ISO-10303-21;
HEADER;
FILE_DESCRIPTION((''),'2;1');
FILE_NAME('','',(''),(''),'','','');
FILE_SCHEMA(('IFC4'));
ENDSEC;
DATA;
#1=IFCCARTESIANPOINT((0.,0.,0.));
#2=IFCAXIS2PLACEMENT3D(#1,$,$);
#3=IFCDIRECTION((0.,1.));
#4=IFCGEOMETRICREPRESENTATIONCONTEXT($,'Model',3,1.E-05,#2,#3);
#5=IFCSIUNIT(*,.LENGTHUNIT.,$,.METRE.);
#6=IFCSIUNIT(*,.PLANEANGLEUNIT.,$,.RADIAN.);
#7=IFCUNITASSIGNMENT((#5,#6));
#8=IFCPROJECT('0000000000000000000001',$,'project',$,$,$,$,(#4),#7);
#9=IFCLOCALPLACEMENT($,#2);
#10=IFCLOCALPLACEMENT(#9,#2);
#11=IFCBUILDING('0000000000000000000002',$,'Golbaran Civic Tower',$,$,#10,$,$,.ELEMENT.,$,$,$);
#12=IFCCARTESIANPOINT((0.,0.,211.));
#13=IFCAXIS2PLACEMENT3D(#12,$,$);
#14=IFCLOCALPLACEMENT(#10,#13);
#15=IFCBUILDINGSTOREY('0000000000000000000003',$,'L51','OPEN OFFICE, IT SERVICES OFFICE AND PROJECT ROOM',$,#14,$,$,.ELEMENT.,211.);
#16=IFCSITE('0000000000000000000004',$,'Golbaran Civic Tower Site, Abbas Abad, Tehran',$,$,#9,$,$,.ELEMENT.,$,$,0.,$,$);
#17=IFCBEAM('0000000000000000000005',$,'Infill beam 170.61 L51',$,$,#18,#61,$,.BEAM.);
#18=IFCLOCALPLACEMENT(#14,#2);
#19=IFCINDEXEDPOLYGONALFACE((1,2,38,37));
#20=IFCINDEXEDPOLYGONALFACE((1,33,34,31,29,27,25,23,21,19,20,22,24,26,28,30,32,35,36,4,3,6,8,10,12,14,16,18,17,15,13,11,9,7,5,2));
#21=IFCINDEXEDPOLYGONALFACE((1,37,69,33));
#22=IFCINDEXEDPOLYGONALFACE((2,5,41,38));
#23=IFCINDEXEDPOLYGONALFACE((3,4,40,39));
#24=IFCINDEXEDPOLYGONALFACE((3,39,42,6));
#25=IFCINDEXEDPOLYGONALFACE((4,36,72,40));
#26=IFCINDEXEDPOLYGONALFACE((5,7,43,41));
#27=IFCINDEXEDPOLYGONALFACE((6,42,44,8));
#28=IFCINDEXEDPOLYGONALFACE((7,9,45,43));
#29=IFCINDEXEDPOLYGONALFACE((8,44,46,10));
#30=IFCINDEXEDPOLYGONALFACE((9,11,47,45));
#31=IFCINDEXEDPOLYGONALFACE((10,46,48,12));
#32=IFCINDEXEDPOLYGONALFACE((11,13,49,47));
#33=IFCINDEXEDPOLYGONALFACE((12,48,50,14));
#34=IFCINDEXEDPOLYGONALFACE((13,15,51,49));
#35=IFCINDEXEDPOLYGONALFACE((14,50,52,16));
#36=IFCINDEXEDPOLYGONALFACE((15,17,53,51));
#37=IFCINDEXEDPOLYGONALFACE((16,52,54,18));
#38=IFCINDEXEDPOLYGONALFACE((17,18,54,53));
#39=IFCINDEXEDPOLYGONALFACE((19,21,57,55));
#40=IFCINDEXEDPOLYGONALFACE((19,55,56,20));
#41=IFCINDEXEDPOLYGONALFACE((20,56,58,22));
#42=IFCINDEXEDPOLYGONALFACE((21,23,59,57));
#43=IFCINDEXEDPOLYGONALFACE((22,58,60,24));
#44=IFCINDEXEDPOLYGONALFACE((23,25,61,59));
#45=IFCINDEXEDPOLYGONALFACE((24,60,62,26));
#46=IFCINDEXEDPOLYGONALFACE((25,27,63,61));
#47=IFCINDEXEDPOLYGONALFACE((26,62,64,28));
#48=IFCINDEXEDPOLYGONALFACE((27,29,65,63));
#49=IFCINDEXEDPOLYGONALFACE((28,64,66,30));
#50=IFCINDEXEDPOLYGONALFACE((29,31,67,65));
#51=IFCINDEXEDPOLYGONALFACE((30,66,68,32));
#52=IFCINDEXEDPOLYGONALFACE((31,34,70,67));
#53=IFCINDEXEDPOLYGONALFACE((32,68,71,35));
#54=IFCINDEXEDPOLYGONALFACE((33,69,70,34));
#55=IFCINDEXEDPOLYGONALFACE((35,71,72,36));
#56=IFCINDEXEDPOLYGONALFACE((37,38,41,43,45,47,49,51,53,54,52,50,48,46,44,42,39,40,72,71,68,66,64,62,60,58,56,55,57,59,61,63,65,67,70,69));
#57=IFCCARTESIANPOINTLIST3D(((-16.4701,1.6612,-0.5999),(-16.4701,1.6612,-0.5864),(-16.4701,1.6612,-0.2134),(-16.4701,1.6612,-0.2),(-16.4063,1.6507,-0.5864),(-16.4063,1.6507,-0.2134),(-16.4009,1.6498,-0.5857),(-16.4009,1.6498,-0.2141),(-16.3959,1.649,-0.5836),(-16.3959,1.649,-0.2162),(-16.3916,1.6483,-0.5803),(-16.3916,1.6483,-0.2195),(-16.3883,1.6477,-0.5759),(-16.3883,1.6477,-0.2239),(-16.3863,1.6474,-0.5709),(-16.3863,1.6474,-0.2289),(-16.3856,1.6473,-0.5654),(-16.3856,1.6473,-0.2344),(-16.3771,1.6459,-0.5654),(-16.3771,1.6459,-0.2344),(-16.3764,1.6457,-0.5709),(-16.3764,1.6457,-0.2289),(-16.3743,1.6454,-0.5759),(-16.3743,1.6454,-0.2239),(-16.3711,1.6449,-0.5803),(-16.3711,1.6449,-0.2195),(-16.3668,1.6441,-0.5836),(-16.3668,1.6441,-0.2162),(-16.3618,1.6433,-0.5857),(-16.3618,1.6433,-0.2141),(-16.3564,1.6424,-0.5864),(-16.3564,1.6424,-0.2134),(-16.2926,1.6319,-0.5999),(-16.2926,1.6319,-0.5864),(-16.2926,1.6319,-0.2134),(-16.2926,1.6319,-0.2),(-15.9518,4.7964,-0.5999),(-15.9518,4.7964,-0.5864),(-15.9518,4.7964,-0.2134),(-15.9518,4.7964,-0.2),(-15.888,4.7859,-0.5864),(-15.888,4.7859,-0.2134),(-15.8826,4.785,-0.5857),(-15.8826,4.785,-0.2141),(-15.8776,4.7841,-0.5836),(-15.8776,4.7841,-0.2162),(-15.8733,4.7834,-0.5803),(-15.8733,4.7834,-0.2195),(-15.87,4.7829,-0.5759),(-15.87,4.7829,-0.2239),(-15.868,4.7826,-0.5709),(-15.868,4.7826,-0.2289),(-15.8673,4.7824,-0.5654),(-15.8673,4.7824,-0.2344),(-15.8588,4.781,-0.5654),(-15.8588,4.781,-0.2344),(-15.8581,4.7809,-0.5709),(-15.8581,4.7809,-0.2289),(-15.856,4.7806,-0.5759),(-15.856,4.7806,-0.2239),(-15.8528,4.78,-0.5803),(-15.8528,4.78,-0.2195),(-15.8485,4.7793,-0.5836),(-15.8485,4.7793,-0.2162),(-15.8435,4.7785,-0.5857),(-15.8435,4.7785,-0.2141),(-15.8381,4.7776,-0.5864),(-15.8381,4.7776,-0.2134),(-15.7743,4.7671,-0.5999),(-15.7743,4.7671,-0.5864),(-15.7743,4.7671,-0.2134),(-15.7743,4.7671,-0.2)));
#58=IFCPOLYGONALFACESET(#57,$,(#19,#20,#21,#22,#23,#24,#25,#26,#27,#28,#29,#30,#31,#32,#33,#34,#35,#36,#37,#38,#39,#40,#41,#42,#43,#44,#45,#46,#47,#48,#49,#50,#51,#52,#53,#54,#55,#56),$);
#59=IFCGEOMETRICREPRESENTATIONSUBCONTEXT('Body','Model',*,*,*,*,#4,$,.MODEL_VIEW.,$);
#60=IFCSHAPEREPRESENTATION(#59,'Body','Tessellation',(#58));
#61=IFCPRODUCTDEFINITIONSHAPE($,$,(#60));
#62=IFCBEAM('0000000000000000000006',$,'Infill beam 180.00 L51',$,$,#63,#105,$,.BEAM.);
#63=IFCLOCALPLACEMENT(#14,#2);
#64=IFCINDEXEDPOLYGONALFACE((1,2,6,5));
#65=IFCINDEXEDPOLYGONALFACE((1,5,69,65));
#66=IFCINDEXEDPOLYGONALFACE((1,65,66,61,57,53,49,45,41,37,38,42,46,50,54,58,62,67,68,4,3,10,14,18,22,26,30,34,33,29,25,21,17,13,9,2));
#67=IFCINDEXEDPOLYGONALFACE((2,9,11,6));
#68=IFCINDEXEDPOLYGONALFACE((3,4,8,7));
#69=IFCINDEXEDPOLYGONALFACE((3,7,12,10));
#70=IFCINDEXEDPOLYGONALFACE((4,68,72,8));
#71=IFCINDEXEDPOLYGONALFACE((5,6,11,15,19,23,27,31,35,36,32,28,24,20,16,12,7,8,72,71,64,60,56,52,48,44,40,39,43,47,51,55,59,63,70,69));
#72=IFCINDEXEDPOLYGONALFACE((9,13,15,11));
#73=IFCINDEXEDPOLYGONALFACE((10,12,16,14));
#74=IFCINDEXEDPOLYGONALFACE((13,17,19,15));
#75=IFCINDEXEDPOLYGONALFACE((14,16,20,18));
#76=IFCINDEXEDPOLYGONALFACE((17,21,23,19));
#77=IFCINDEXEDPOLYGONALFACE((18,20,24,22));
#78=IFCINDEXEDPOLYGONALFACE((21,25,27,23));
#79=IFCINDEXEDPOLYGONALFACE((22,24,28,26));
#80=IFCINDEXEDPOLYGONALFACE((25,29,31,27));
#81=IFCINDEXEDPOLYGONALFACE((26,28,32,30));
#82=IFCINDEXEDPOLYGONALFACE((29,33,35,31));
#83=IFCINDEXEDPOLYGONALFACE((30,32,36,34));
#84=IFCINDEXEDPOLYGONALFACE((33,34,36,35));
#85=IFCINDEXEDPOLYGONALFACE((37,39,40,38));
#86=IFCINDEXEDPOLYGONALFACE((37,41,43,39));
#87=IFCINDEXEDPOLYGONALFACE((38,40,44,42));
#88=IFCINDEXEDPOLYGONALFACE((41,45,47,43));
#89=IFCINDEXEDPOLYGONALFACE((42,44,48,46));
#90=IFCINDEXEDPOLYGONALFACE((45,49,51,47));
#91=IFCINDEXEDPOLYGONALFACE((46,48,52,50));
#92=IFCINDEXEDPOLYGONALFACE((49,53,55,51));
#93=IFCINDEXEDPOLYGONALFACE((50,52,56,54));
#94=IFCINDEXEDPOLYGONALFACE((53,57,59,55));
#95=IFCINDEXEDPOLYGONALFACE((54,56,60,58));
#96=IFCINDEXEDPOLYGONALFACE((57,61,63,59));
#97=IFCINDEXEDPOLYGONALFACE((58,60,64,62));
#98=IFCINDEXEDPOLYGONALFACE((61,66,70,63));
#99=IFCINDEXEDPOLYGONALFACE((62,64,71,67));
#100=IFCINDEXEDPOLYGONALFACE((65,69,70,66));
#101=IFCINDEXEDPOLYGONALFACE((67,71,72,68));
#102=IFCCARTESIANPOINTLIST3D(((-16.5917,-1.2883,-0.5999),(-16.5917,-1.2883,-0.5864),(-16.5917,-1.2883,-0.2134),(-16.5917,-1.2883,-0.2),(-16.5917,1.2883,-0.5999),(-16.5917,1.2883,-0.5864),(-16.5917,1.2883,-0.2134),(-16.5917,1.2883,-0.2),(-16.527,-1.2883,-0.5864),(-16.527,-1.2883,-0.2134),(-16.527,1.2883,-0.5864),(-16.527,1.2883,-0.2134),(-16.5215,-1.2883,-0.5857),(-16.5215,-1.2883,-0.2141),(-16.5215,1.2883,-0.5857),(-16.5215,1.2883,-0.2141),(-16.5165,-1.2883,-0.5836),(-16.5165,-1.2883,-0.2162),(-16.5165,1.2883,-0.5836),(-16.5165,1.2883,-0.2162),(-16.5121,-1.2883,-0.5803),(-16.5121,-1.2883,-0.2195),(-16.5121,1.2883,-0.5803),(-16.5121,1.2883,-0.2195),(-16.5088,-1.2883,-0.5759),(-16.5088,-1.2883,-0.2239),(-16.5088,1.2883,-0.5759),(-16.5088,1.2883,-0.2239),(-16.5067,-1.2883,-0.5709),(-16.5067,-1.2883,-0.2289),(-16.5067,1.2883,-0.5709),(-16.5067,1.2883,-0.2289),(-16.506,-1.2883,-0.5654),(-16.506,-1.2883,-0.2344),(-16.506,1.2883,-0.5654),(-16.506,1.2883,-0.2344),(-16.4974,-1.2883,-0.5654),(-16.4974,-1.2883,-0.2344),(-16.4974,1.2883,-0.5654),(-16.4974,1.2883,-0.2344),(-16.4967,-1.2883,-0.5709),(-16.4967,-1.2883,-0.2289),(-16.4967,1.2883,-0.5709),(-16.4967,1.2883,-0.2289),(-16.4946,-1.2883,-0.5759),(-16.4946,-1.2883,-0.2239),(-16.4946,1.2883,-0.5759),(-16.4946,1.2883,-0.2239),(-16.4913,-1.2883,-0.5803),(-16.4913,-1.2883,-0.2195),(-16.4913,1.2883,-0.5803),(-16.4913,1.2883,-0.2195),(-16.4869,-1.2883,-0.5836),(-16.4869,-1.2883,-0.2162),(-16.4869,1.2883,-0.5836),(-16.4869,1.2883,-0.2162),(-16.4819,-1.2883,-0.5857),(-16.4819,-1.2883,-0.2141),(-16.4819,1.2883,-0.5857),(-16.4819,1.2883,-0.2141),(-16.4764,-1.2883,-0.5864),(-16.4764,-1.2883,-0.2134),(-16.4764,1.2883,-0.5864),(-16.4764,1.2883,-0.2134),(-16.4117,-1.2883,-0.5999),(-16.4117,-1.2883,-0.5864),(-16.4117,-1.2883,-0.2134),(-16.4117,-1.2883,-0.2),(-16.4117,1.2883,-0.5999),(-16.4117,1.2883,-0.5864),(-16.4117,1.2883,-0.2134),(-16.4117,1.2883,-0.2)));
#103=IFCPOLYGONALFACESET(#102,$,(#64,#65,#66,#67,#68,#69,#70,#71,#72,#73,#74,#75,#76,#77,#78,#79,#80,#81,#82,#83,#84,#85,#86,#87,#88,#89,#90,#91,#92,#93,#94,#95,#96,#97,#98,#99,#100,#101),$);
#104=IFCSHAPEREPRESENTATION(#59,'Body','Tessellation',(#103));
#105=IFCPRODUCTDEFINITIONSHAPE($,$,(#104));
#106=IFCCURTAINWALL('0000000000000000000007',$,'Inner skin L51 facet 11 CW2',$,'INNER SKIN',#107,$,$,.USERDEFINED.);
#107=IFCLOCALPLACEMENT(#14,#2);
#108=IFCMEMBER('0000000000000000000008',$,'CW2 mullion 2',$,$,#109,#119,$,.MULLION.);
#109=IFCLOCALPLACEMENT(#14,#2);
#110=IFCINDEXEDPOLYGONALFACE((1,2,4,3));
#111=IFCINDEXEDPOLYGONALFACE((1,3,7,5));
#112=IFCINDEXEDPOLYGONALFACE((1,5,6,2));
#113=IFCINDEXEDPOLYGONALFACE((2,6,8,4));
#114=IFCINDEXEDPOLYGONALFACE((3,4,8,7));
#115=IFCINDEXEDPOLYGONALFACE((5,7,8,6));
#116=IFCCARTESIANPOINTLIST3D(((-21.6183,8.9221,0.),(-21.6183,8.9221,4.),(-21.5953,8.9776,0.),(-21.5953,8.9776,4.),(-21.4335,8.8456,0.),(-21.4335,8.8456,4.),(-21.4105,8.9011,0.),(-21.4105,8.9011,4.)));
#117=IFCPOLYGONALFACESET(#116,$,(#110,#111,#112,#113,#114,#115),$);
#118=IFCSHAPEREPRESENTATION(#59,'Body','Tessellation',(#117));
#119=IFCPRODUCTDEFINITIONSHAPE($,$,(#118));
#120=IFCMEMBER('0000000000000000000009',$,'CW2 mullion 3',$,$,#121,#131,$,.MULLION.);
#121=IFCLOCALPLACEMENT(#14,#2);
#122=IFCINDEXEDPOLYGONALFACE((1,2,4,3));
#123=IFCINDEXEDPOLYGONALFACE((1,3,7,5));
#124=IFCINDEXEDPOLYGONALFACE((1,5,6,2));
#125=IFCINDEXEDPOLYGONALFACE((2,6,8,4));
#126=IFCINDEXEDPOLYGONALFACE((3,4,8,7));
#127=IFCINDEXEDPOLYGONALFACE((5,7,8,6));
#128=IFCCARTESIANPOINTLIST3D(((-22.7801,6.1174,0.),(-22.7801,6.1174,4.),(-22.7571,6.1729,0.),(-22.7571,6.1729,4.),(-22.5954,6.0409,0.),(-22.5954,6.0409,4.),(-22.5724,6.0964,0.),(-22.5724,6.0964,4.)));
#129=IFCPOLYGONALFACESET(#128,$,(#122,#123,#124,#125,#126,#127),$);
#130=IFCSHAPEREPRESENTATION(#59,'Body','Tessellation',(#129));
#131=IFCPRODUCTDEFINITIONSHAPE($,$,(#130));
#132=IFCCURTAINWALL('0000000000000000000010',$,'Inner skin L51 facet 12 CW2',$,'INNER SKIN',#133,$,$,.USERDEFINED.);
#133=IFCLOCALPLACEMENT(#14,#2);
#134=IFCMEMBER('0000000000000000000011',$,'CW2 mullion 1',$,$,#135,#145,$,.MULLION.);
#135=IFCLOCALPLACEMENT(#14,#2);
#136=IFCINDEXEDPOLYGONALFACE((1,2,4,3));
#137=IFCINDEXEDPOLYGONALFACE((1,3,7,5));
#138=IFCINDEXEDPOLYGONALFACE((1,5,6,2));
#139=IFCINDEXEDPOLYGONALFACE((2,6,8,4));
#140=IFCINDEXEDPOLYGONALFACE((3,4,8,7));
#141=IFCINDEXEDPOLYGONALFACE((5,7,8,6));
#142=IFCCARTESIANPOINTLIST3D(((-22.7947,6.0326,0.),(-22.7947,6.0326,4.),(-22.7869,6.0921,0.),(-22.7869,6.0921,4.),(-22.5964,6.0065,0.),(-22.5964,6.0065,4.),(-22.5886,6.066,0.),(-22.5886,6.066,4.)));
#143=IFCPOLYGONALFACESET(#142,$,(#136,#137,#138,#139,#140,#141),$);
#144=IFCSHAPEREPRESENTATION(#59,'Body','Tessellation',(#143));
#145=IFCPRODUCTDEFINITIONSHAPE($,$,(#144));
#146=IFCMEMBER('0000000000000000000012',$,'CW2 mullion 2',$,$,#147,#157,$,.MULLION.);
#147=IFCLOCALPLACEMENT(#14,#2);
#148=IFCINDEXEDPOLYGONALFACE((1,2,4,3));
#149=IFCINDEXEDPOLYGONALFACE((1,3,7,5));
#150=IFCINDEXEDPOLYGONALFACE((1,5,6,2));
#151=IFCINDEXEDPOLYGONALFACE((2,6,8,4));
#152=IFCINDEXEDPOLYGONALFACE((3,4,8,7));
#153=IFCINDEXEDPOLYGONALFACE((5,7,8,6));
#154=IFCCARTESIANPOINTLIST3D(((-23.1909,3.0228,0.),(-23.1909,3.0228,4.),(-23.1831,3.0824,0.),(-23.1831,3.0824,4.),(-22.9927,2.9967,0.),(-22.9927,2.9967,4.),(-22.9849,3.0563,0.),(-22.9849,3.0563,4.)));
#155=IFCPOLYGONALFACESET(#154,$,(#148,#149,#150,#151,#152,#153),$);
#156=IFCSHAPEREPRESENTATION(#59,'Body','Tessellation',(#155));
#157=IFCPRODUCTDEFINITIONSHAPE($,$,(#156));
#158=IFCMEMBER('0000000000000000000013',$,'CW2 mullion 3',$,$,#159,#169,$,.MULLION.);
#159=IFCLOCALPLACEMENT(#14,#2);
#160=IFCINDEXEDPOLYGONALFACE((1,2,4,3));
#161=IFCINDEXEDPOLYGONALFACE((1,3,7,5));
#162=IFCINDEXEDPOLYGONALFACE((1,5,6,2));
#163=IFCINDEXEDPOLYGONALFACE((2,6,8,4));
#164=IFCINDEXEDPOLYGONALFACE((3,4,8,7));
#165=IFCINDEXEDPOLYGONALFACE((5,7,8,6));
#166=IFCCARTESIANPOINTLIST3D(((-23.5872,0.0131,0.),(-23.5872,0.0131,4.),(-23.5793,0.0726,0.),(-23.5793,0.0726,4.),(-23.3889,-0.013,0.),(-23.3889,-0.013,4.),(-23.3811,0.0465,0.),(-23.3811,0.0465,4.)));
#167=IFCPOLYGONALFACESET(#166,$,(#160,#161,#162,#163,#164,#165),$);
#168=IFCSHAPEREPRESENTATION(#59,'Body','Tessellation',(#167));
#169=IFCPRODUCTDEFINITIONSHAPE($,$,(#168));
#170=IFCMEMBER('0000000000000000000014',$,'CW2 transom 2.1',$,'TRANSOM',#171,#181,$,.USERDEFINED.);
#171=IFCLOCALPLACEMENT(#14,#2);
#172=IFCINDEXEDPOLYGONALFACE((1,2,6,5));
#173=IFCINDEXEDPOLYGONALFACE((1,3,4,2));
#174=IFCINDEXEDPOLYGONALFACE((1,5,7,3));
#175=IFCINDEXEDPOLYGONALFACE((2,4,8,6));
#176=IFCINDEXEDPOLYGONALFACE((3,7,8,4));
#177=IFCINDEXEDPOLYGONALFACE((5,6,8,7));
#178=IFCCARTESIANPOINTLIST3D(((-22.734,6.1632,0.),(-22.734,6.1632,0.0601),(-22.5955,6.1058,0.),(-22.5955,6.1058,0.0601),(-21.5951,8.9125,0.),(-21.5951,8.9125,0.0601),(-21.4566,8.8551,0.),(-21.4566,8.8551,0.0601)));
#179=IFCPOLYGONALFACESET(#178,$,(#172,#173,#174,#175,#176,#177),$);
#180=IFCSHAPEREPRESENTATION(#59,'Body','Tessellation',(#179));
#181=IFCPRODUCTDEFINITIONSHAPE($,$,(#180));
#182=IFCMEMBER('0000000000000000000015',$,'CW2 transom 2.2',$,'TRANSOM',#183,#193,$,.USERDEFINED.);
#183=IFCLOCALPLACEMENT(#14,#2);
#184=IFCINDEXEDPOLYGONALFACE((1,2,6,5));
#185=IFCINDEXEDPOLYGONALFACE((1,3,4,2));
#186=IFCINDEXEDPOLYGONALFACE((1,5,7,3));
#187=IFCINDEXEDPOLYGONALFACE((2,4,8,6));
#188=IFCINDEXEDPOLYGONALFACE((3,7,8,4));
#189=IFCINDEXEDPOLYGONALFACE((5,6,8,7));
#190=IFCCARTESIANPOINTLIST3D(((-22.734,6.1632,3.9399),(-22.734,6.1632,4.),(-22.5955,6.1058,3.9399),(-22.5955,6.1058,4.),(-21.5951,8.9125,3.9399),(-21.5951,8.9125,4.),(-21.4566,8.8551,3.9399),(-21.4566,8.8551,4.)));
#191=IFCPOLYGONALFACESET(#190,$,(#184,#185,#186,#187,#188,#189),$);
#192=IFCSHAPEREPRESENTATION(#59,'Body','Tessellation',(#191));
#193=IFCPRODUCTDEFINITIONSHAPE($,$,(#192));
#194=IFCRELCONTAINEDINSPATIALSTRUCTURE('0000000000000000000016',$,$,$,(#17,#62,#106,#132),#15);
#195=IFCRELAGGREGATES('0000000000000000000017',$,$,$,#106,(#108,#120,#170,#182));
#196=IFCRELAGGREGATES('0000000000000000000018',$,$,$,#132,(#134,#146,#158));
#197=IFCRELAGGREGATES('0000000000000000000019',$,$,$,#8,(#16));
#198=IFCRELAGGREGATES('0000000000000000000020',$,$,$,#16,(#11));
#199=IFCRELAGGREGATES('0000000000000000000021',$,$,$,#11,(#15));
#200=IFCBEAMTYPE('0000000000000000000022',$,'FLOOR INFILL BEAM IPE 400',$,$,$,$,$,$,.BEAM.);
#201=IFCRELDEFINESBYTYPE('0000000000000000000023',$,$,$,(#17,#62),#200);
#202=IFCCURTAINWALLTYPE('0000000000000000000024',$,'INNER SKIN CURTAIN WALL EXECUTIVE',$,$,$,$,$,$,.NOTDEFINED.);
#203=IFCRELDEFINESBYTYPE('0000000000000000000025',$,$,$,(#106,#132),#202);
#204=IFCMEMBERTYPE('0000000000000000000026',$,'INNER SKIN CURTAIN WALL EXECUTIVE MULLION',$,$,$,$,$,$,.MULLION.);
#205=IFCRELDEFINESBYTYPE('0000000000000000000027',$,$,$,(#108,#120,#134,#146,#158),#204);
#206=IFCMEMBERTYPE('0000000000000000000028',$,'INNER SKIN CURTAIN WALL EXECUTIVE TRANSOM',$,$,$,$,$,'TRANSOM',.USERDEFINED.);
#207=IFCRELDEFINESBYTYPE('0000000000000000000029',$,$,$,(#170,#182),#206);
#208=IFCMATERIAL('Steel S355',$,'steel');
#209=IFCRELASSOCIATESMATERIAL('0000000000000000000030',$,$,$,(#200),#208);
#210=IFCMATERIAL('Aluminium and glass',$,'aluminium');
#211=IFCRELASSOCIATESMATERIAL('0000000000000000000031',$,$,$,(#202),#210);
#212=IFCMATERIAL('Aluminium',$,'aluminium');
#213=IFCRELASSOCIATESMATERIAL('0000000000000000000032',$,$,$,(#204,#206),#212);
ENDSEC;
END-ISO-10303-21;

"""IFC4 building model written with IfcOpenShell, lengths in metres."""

from ifc_helpers import new_model, si_unit, direction, frame, origin, origin_2d, place, context, subcontext, project, spatial, rectangle, i_section, extrude, material, material_profile, profile_set, type_object, element, aggregate, save


model = new_model("IFC4")

# Units and contexts
model_context = context("Model", 3, precision=1e-05, world=origin(), true_north=direction((0.0, 1.0)))
body_context = subcontext(model_context, "Body", "Model", "MODEL_VIEW")
ifc_project = project(units=[si_unit("LENGTHUNIT", "METRE"), si_unit("PLANEANGLEUNIT", "RADIAN")], contexts=[model_context])

# Site, building, storey
site_placement = place(None, origin())
site = spatial("IfcSite", under=ifc_project, at=site_placement, Name="Golbaran Civic Tower Site, Abbas Abad, Tehran", CompositionType="ELEMENT", RefElevation=0.0)
building_placement = place(site_placement, origin())
building = spatial("IfcBuilding", under=site, at=building_placement, Name="Golbaran Civic Tower", CompositionType="ELEMENT")
storey_placement = place(building_placement, frame((0.0, 0.0, 211.0)))
storey = spatial("IfcBuildingStorey", under=building, at=storey_placement, Name="L51", Description="OPEN OFFICE, IT SERVICES OFFICE AND PROJECT ROOM", CompositionType="ELEMENT", Elevation=211.0)

# Beams
ifc_material_1 = material(Name="Steel S355", Category="steel")
ifc_material_profile_1 = material_profile(ifc_material_1, i_section(OverallWidth=0.1799, OverallDepth=0.3999, WebThickness=0.0085, FlangeThickness=0.0134, FilletRadius=0.021, at=origin_2d()), Name="IPE 400")
ifc_profile_set_1 = profile_set([ifc_material_profile_1], Name="Steel S355")
beam_type_1 = type_object("IfcBeamType", Name="FLOOR INFILL BEAM IPE 400", PredefinedType="BEAM", material=ifc_profile_set_1)
beam_1_placement = place(storey_placement, frame((-15.863, 4.7817, -0.3999), z_axis=(-0.163103, -0.986609, 0.0), x_axis=(0.986609, -0.163103, 0.0)))
element("IfcBeam", 1, at=beam_1_placement, inside=storey, type_object=beam_type_1, Name="Infill beam 170.61 L51", PredefinedType="BEAM", context=body_context, shape_type="SweptSolid", body=[
    extrude(i_section(OverallWidth=0.1799, OverallDepth=0.3999, WebThickness=0.0085, FlangeThickness=0.0134, FilletRadius=0.021, at=origin_2d()), origin(), (0.0, 0.0, 1.0), 3.1777),
])
beam_2_placement = place(storey_placement, frame((-16.5017, 1.2883, -0.3999), z_axis=(0.0, -1.0, 0.0), x_axis=(1.0, 0.0, 0.0)))
element("IfcBeam", 2, at=beam_2_placement, inside=storey, type_object=beam_type_1, Name="Infill beam 180.00 L51", PredefinedType="BEAM", context=body_context, shape_type="SweptSolid", body=[
    extrude(i_section(OverallWidth=0.1799, OverallDepth=0.3999, WebThickness=0.0085, FlangeThickness=0.0134, FilletRadius=0.021, at=origin_2d()), origin(), (0.0, 0.0, 1.0), 2.5767),
])

# Curtain walls, members
ifc_material_2 = material(Name="Aluminium and glass", Category="aluminium")
curtain_wall_type = type_object("IfcCurtainWallType", Name="INNER SKIN CURTAIN WALL EXECUTIVE", PredefinedType="NOTDEFINED", material=ifc_material_2)
curtain_wall_1_placement = place(storey_placement, origin())
curtain_wall_1 = element("IfcCurtainWall", 3, at=curtain_wall_1_placement, inside=storey, type_object=curtain_wall_type, Name="Inner skin L51 facet 11 CW2", ObjectType="INNER SKIN", PredefinedType="USERDEFINED")
ifc_material_3 = material(Name="Aluminium", Category="aluminium")
ifc_material_profile_2 = material_profile(ifc_material_3, rectangle(XDim=0.2, YDim=0.0601, at=origin_2d()), Name="INNER SKIN CURTAIN WALL EXECUTIVE MULLION")
ifc_profile_set_2 = profile_set([ifc_material_profile_2], Name="Aluminium")
member_type_1 = type_object("IfcMemberType", Name="INNER SKIN CURTAIN WALL EXECUTIVE MULLION", PredefinedType="MULLION", material=ifc_profile_set_2)
member_1_placement = place(storey_placement, frame((-21.5144, 8.9116, 0.0), z_axis=(0.0, 0.0, 1.0), x_axis=(0.92388, -0.382683, 0.0)))
member_1 = element("IfcMember", 4, at=member_1_placement, type_object=member_type_1, Name="CW2 mullion 2", PredefinedType="MULLION", context=body_context, shape_type="SweptSolid", body=[
    extrude(rectangle(XDim=0.2, YDim=0.0601, at=origin_2d()), origin(), (0.0, 0.0, 1.0), 4.0),
])
member_2_placement = place(storey_placement, frame((-22.6763, 6.1069, 0.0), z_axis=(0.0, 0.0, 1.0), x_axis=(0.92388, -0.382683, 0.0)))
member_2 = element("IfcMember", 5, at=member_2_placement, type_object=member_type_1, Name="CW2 mullion 3", PredefinedType="MULLION", context=body_context, shape_type="SweptSolid", body=[
    extrude(rectangle(XDim=0.2, YDim=0.0601, at=origin_2d()), origin(), (0.0, 0.0, 1.0), 4.0),
])
curtain_wall_2_placement = place(storey_placement, origin())
curtain_wall_2 = element("IfcCurtainWall", 6, at=curtain_wall_2_placement, inside=storey, type_object=curtain_wall_type, Name="Inner skin L51 facet 12 CW2", ObjectType="INNER SKIN", PredefinedType="USERDEFINED")
member_3_placement = place(storey_placement, frame((-22.6917, 6.0493, 0.0), z_axis=(0.0, 0.0, 1.0), x_axis=(0.991445, -0.130526, 0.0)))
member_3 = element("IfcMember", 7, at=member_3_placement, type_object=member_type_1, Name="CW2 mullion 1", PredefinedType="MULLION", context=body_context, shape_type="SweptSolid", body=[
    extrude(rectangle(XDim=0.2, YDim=0.0601, at=origin_2d()), origin(), (0.0, 0.0, 1.0), 4.0),
])
member_4_placement = place(storey_placement, frame((-23.0879, 3.0396, 0.0), z_axis=(0.0, 0.0, 1.0), x_axis=(0.991445, -0.130526, 0.0)))
member_4 = element("IfcMember", 8, at=member_4_placement, type_object=member_type_1, Name="CW2 mullion 2", PredefinedType="MULLION", context=body_context, shape_type="SweptSolid", body=[
    extrude(rectangle(XDim=0.2, YDim=0.0601, at=origin_2d()), origin(), (0.0, 0.0, 1.0), 4.0),
])
member_5_placement = place(storey_placement, frame((-23.4841, 0.0298, 0.0), z_axis=(0.0, 0.0, 1.0), x_axis=(0.991445, -0.130526, 0.0)))
member_5 = element("IfcMember", 9, at=member_5_placement, type_object=member_type_1, Name="CW2 mullion 3", PredefinedType="MULLION", context=body_context, shape_type="SweptSolid", body=[
    extrude(rectangle(XDim=0.2, YDim=0.0601, at=origin_2d()), origin(), (0.0, 0.0, 1.0), 4.0),
])

# Members
ifc_material_profile_3 = material_profile(ifc_material_3, rectangle(XDim=0.1499, YDim=0.0601, at=origin_2d()), Name="INNER SKIN CURTAIN WALL EXECUTIVE TRANSOM")
ifc_profile_set_3 = profile_set([ifc_material_profile_3], Name="Aluminium")
member_type_2 = type_object("IfcMemberType", Name="INNER SKIN CURTAIN WALL EXECUTIVE TRANSOM", ElementType="TRANSOM", PredefinedType="USERDEFINED", material=ifc_profile_set_3)
member_6_placement = place(storey_placement, frame((-21.5259, 8.8838, 0.03), z_axis=(-0.382721, -0.923864, 0.0), x_axis=(0.923864, -0.382721, 0.0)))
member_6 = element("IfcMember", 10, at=member_6_placement, type_object=member_type_2, Name="CW2 transom 2.1", ObjectType="TRANSOM", PredefinedType="USERDEFINED", context=body_context, shape_type="SweptSolid", body=[
    extrude(rectangle(XDim=0.1499, YDim=0.0601, at=origin_2d()), origin(), (0.0, 0.0, 1.0), 2.9758),
])
member_7_placement = place(storey_placement, frame((-21.5259, 8.8838, 3.97), z_axis=(-0.382721, -0.923864, 0.0), x_axis=(0.923864, -0.382721, 0.0)))
member_7 = element("IfcMember", 11, at=member_7_placement, type_object=member_type_2, Name="CW2 transom 2.2", ObjectType="TRANSOM", PredefinedType="USERDEFINED", context=body_context, shape_type="SweptSolid", body=[
    extrude(rectangle(XDim=0.1499, YDim=0.0601, at=origin_2d()), origin(), (0.0, 0.0, 1.0), 2.9758),
])

aggregate(curtain_wall_1, [member_1, member_2, member_6, member_7])
aggregate(curtain_wall_2, [member_3, member_4, member_5])

save(model, "model.ifc")
